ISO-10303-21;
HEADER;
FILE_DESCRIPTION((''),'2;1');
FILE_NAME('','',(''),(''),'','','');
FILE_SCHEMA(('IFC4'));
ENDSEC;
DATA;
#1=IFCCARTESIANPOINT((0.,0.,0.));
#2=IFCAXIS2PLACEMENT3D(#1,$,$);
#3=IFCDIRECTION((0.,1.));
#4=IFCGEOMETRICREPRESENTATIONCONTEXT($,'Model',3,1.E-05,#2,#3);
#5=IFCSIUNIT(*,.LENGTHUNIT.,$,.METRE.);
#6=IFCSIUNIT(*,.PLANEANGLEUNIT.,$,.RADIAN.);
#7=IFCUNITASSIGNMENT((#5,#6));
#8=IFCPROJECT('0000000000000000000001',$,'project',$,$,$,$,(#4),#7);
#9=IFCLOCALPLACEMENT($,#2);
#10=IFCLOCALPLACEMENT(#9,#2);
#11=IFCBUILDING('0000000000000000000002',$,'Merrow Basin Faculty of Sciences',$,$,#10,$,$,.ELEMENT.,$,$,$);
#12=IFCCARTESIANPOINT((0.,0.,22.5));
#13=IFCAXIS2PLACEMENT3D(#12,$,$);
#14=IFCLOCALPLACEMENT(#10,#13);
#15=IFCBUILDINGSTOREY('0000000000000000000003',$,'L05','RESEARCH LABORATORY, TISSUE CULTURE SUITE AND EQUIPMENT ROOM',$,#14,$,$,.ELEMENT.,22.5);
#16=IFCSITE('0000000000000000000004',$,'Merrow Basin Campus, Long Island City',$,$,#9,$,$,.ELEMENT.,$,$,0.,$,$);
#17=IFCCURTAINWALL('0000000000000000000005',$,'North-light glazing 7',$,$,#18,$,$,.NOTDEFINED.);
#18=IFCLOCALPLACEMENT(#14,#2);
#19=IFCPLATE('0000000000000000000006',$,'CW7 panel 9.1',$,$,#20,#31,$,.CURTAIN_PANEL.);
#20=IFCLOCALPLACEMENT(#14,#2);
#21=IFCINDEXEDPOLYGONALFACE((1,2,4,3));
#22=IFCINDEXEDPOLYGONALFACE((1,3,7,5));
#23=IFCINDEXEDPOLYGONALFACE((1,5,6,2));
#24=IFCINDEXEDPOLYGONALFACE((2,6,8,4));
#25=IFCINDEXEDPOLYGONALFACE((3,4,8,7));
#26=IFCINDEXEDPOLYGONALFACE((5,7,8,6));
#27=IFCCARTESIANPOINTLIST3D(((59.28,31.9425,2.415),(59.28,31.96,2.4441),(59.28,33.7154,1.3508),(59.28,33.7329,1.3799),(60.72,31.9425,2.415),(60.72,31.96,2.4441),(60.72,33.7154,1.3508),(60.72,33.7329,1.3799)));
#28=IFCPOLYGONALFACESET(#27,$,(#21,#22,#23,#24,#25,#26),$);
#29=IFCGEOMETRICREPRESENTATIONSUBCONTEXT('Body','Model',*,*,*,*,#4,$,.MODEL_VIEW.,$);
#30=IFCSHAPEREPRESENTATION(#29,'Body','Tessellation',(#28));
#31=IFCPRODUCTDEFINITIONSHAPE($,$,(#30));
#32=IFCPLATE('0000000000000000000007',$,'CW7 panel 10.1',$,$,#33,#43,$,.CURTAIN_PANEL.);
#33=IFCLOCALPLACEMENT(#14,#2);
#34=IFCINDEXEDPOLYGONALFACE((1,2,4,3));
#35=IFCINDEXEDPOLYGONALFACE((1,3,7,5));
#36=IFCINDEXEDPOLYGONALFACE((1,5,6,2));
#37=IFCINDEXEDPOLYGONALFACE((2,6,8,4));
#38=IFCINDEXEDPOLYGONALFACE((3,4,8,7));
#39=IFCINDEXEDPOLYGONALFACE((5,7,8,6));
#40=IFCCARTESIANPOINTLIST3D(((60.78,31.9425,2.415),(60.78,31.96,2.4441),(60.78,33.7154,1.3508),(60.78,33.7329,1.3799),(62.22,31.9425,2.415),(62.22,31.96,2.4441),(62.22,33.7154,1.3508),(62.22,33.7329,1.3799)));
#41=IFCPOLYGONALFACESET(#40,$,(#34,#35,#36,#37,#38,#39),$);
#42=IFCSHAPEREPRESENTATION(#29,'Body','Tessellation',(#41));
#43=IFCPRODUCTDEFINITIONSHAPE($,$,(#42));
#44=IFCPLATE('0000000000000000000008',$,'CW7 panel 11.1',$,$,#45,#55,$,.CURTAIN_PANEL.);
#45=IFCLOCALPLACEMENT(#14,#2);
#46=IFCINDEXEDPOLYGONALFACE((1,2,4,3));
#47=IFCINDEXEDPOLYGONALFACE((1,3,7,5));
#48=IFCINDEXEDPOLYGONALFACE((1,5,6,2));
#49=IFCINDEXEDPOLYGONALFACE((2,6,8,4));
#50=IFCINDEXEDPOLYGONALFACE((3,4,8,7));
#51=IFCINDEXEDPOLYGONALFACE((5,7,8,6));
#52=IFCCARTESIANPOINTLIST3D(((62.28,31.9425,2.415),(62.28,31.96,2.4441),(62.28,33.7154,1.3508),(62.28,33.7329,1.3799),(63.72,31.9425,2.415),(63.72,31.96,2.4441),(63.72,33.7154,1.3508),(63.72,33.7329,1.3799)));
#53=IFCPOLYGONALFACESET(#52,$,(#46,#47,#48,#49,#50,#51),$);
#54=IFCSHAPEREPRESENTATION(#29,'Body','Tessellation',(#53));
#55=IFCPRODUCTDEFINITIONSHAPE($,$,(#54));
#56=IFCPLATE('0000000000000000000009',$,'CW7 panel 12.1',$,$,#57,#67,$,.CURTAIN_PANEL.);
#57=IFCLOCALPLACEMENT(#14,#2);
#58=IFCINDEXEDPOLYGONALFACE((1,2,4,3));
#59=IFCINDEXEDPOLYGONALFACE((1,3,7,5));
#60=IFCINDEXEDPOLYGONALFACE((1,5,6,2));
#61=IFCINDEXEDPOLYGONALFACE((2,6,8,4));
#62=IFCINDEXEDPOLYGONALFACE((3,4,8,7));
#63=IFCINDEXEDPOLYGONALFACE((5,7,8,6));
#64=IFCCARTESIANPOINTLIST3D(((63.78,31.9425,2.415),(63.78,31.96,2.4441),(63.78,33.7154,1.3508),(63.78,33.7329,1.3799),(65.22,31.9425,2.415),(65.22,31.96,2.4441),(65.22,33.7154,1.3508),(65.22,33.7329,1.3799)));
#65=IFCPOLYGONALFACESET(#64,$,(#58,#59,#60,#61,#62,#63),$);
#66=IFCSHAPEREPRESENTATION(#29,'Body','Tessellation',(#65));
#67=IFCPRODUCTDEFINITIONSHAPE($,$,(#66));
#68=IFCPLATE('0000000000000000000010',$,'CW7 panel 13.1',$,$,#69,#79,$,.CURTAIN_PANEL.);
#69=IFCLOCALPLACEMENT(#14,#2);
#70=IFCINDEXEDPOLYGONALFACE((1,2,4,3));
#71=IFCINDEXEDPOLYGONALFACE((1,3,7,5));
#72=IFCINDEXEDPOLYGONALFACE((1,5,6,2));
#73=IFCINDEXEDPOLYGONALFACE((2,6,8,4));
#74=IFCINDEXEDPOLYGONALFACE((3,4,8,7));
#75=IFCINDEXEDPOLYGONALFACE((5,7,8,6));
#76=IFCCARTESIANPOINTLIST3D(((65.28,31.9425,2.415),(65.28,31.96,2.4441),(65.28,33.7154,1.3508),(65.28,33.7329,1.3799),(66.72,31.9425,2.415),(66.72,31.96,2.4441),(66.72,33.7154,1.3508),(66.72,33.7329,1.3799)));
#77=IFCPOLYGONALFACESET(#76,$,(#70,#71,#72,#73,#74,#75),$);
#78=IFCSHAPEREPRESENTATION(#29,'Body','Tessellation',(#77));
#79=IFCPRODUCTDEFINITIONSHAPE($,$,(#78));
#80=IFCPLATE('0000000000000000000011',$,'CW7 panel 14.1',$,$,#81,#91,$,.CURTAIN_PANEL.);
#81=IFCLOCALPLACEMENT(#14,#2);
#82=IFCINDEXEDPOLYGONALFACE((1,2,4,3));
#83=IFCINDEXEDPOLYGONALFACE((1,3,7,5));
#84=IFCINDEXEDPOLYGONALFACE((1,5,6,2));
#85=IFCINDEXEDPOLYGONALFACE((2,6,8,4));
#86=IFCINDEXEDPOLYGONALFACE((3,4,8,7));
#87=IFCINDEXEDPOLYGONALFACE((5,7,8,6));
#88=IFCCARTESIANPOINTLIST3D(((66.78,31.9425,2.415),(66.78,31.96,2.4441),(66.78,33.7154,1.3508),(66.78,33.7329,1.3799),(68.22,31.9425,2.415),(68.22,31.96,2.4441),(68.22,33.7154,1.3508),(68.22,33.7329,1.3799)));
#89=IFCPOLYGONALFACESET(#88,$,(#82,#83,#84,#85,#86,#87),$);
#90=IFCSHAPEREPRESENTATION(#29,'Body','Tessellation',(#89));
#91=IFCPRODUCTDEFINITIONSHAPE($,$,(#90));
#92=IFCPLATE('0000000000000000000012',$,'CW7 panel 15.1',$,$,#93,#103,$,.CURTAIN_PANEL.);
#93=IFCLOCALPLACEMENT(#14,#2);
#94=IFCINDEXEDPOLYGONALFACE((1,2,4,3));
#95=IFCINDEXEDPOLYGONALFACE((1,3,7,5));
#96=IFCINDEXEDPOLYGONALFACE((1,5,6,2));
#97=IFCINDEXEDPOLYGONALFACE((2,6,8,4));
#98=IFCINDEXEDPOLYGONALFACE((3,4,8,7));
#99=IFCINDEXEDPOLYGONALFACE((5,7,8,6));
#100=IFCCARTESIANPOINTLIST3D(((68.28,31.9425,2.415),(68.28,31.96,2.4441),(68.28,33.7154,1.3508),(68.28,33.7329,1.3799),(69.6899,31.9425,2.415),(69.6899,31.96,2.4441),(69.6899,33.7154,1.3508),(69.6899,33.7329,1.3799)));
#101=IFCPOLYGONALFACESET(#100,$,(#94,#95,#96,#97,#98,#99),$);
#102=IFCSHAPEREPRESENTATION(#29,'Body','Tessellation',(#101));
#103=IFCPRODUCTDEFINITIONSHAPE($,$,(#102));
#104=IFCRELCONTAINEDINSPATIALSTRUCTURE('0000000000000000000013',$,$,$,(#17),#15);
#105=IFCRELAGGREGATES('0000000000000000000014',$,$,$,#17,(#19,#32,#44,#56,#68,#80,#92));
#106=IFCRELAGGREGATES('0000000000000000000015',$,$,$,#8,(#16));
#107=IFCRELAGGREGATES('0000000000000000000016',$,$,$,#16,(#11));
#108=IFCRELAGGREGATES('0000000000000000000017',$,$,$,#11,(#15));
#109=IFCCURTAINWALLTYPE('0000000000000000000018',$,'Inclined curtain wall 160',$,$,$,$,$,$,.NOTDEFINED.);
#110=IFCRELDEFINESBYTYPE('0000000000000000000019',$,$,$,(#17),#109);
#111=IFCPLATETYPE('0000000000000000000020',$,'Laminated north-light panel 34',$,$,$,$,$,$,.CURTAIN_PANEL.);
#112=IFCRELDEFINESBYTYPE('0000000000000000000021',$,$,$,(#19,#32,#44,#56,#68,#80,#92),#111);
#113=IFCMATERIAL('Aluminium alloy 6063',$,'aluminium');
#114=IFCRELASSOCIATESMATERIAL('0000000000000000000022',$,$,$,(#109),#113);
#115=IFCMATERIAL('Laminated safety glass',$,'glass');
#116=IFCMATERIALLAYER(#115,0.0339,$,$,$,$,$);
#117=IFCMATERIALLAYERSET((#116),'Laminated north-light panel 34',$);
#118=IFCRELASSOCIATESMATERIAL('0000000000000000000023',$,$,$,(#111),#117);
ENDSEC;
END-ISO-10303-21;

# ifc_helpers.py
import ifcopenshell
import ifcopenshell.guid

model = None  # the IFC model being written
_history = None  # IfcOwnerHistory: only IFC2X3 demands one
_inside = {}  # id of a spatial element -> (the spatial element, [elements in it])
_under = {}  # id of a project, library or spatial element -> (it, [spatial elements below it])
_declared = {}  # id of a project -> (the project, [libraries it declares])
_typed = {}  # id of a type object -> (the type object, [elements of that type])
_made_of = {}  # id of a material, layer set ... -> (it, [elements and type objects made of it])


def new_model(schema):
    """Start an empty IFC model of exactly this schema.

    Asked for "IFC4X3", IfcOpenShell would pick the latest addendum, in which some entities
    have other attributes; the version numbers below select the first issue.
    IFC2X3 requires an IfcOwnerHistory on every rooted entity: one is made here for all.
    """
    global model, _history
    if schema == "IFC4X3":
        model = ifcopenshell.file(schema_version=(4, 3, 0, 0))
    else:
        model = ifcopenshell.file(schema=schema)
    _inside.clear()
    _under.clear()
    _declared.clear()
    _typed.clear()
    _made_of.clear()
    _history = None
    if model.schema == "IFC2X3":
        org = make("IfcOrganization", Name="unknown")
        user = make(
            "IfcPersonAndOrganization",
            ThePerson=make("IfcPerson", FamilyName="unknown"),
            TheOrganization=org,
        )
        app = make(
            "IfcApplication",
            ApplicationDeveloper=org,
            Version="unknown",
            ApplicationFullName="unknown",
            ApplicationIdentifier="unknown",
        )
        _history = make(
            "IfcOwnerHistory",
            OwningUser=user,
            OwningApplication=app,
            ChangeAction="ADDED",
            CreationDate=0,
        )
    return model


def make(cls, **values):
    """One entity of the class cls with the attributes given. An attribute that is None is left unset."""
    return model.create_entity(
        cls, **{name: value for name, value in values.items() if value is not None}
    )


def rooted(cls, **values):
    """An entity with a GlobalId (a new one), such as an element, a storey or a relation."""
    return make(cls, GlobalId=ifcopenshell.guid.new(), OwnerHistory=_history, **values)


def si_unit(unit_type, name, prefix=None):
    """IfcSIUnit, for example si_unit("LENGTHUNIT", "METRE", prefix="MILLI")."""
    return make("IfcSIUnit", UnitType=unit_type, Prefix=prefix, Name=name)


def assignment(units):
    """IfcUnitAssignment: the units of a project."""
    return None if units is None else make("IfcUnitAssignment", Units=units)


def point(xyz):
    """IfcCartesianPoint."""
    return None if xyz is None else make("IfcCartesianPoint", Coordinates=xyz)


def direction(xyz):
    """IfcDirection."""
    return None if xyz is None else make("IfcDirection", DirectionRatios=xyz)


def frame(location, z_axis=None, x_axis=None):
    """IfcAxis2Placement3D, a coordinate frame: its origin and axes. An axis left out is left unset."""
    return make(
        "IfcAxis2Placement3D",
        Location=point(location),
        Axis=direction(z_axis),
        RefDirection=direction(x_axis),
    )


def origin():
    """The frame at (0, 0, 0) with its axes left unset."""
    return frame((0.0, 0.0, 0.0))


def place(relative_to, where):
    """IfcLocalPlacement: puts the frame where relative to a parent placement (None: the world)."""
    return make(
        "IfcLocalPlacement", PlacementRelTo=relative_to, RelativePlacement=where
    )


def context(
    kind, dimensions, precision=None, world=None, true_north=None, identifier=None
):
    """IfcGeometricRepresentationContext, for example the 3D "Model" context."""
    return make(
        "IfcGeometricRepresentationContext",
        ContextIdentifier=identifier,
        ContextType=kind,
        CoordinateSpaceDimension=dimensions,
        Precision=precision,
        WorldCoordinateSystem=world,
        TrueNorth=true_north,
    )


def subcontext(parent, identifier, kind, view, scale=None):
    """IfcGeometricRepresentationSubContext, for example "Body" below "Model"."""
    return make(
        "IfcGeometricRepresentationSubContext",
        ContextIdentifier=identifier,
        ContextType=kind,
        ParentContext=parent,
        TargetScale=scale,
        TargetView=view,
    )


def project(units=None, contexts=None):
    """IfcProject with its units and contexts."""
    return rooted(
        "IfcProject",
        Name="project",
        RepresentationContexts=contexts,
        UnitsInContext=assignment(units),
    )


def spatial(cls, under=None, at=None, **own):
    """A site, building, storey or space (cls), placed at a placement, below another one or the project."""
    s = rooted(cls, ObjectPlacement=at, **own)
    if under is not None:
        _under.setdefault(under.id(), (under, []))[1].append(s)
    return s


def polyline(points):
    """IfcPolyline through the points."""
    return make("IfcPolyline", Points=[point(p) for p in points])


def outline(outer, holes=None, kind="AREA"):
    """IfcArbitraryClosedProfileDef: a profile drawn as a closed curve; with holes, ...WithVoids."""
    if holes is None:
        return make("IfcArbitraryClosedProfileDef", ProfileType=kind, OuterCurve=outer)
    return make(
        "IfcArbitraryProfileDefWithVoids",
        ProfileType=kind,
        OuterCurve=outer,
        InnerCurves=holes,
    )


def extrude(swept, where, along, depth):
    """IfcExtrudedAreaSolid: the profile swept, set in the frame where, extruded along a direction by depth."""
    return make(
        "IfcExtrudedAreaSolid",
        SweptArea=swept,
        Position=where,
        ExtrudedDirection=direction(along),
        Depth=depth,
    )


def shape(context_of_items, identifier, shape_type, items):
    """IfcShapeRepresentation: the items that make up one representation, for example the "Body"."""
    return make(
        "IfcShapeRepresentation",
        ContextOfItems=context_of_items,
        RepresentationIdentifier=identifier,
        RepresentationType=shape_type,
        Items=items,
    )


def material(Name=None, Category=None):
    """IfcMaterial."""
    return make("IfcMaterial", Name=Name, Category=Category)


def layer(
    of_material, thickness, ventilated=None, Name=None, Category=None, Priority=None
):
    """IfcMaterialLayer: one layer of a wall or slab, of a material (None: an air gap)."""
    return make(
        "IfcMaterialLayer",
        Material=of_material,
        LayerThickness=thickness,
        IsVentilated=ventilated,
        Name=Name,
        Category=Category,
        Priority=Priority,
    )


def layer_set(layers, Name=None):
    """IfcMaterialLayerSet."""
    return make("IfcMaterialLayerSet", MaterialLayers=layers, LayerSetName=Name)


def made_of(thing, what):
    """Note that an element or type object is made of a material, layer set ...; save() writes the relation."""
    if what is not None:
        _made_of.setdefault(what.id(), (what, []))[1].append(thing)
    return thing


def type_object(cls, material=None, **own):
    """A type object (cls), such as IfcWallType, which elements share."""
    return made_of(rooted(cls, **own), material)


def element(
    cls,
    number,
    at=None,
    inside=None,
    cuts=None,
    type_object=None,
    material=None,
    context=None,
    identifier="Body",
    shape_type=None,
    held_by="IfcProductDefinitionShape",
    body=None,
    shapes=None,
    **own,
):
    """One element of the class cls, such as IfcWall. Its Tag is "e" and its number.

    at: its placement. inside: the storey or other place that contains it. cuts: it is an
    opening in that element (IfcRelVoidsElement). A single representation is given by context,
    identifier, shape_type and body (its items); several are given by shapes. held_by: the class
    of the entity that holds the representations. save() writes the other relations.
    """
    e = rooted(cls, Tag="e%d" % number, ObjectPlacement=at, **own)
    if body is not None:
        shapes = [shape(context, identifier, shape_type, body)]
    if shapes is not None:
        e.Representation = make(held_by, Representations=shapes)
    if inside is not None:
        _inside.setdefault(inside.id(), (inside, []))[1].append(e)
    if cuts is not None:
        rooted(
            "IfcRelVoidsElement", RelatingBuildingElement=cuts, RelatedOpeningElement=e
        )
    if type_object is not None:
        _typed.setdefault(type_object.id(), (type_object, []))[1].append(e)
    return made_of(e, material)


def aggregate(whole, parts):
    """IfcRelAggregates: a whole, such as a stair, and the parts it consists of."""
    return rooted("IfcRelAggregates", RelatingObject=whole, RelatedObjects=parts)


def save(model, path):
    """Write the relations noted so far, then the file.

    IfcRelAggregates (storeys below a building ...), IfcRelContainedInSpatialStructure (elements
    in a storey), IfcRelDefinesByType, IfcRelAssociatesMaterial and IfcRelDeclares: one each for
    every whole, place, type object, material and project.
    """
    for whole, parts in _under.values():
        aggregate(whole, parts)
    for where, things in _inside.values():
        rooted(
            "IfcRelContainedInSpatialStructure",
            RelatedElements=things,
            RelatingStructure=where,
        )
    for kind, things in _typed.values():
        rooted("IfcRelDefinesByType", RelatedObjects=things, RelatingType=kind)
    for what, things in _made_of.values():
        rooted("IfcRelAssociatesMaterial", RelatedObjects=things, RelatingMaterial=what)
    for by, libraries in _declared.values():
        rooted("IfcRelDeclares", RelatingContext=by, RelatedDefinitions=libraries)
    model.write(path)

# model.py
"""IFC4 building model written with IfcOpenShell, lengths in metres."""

from ifc_helpers import new_model, si_unit, direction, frame, origin, place, context, subcontext, project, spatial, polyline, outline, extrude, material, layer, layer_set, type_object, element, aggregate, save


model = new_model("IFC4")

# Units and contexts
model_context = context("Model", 3, precision=1e-05, world=origin(), true_north=direction((0.0, 1.0)))
body_context = subcontext(model_context, "Body", "Model", "MODEL_VIEW")
ifc_project = project(units=[si_unit("LENGTHUNIT", "METRE"), si_unit("PLANEANGLEUNIT", "RADIAN")], contexts=[model_context])

# Site, building, storey
site_placement = place(None, origin())
site = spatial("IfcSite", under=ifc_project, at=site_placement, Name="Merrow Basin Campus, Long Island City", CompositionType="ELEMENT", RefElevation=0.0)
building_placement = place(site_placement, origin())
building = spatial("IfcBuilding", under=site, at=building_placement, Name="Merrow Basin Faculty of Sciences", CompositionType="ELEMENT")
storey_placement = place(building_placement, frame((0.0, 0.0, 22.5)))
storey = spatial("IfcBuildingStorey", under=building, at=storey_placement, Name="L05", Description="RESEARCH LABORATORY, TISSUE CULTURE SUITE AND EQUIPMENT ROOM", CompositionType="ELEMENT", Elevation=22.5)

# Curtain wall, plates
ifc_material_1 = material(Name="Aluminium alloy 6063", Category="aluminium")
curtain_wall_type = type_object("IfcCurtainWallType", Name="Inclined curtain wall 160", PredefinedType="NOTDEFINED", material=ifc_material_1)
curtain_wall_placement = place(storey_placement, origin())
curtain_wall = element("IfcCurtainWall", 1, at=curtain_wall_placement, inside=storey, type_object=curtain_wall_type, Name="North-light glazing 7", PredefinedType="NOTDEFINED")
ifc_material_2 = material(Name="Laminated safety glass", Category="glass")
ifc_layer = layer(ifc_material_2, 0.0339)
ifc_layer_set = layer_set([ifc_layer], Name="Laminated north-light panel 34")
plate_type = type_object("IfcPlateType", Name="Laminated north-light panel 34", PredefinedType="CURTAIN_PANEL", material=ifc_layer_set)
plate_1_placement = place(storey_placement, frame((59.28, 31.96, 2.4441), z_axis=(0.0, 0.514652, 0.857399), x_axis=(1.0, 0.0, 0.0)))
plate_1 = element("IfcPlate", 2, at=plate_1_placement, type_object=plate_type, Name="CW7 panel 9.1", PredefinedType="CURTAIN_PANEL", context=body_context, shape_type="SweptSolid", body=[
    extrude(outline(polyline([(0.0, 0.0), (1.4399, 0.0), (1.4399, 2.0678), (0.0, 2.0678), (0.0, 0.0)])), origin(), (0.0, 0.0, -1.0), 0.0339),
])
plate_2_placement = place(storey_placement, frame((60.78, 31.96, 2.4441), z_axis=(0.0, 0.514652, 0.857399), x_axis=(1.0, 0.0, 0.0)))
plate_2 = element("IfcPlate", 3, at=plate_2_placement, type_object=plate_type, Name="CW7 panel 10.1", PredefinedType="CURTAIN_PANEL", context=body_context, shape_type="SweptSolid", body=[
    extrude(outline(polyline([(0.0, 0.0), (1.4399, 0.0), (1.4399, 2.0678), (0.0, 2.0678), (0.0, 0.0)])), origin(), (0.0, 0.0, -1.0), 0.0339),
])
plate_3_placement = place(storey_placement, frame((62.28, 31.96, 2.4441), z_axis=(0.0, 0.514652, 0.857399), x_axis=(1.0, 0.0, 0.0)))
plate_3 = element("IfcPlate", 4, at=plate_3_placement, type_object=plate_type, Name="CW7 panel 11.1", PredefinedType="CURTAIN_PANEL", context=body_context, shape_type="SweptSolid", body=[
    extrude(outline(polyline([(0.0, 0.0), (1.4399, 0.0), (1.4399, 2.0678), (0.0, 2.0678), (0.0, 0.0)])), origin(), (0.0, 0.0, -1.0), 0.0339),
])
plate_4_placement = place(storey_placement, frame((63.78, 31.96, 2.4441), z_axis=(0.0, 0.514652, 0.857399), x_axis=(1.0, 0.0, 0.0)))
plate_4 = element("IfcPlate", 5, at=plate_4_placement, type_object=plate_type, Name="CW7 panel 12.1", PredefinedType="CURTAIN_PANEL", context=body_context, shape_type="SweptSolid", body=[
    extrude(outline(polyline([(0.0, 0.0), (1.4399, 0.0), (1.4399, 2.0678), (0.0, 2.0678), (0.0, 0.0)])), origin(), (0.0, 0.0, -1.0), 0.0339),
])
plate_5_placement = place(storey_placement, frame((65.28, 31.96, 2.4441), z_axis=(0.0, 0.514652, 0.857399), x_axis=(1.0, 0.0, 0.0)))
plate_5 = element("IfcPlate", 6, at=plate_5_placement, type_object=plate_type, Name="CW7 panel 13.1", PredefinedType="CURTAIN_PANEL", context=body_context, shape_type="SweptSolid", body=[
    extrude(outline(polyline([(0.0, 0.0), (1.4399, 0.0), (1.4399, 2.0678), (0.0, 2.0678), (0.0, 0.0)])), origin(), (0.0, 0.0, -1.0), 0.0339),
])
plate_6_placement = place(storey_placement, frame((66.78, 31.96, 2.4441), z_axis=(0.0, 0.514652, 0.857399), x_axis=(1.0, 0.0, 0.0)))
plate_6 = element("IfcPlate", 7, at=plate_6_placement, type_object=plate_type, Name="CW7 panel 14.1", PredefinedType="CURTAIN_PANEL", context=body_context, shape_type="SweptSolid", body=[
    extrude(outline(polyline([(0.0, 0.0), (1.4399, 0.0), (1.4399, 2.0678), (0.0, 2.0678), (0.0, 0.0)])), origin(), (0.0, 0.0, -1.0), 0.0339),
])
plate_7_placement = place(storey_placement, frame((68.28, 31.96, 2.4441), z_axis=(0.0, 0.514652, 0.857399), x_axis=(1.0, 0.0, 0.0)))
plate_7 = element("IfcPlate", 8, at=plate_7_placement, type_object=plate_type, Name="CW7 panel 15.1", PredefinedType="CURTAIN_PANEL", context=body_context, shape_type="SweptSolid", body=[
    extrude(outline(polyline([(0.0, 0.0), (1.4099, 0.0), (1.4099, 2.0678), (0.0, 2.0678), (0.0, 0.0)])), origin(), (0.0, 0.0, -1.0), 0.0339),
])
aggregate(curtain_wall, [plate_1, plate_2, plate_3, plate_4, plate_5, plate_6, plate_7])

save(model, "model.ifc")
